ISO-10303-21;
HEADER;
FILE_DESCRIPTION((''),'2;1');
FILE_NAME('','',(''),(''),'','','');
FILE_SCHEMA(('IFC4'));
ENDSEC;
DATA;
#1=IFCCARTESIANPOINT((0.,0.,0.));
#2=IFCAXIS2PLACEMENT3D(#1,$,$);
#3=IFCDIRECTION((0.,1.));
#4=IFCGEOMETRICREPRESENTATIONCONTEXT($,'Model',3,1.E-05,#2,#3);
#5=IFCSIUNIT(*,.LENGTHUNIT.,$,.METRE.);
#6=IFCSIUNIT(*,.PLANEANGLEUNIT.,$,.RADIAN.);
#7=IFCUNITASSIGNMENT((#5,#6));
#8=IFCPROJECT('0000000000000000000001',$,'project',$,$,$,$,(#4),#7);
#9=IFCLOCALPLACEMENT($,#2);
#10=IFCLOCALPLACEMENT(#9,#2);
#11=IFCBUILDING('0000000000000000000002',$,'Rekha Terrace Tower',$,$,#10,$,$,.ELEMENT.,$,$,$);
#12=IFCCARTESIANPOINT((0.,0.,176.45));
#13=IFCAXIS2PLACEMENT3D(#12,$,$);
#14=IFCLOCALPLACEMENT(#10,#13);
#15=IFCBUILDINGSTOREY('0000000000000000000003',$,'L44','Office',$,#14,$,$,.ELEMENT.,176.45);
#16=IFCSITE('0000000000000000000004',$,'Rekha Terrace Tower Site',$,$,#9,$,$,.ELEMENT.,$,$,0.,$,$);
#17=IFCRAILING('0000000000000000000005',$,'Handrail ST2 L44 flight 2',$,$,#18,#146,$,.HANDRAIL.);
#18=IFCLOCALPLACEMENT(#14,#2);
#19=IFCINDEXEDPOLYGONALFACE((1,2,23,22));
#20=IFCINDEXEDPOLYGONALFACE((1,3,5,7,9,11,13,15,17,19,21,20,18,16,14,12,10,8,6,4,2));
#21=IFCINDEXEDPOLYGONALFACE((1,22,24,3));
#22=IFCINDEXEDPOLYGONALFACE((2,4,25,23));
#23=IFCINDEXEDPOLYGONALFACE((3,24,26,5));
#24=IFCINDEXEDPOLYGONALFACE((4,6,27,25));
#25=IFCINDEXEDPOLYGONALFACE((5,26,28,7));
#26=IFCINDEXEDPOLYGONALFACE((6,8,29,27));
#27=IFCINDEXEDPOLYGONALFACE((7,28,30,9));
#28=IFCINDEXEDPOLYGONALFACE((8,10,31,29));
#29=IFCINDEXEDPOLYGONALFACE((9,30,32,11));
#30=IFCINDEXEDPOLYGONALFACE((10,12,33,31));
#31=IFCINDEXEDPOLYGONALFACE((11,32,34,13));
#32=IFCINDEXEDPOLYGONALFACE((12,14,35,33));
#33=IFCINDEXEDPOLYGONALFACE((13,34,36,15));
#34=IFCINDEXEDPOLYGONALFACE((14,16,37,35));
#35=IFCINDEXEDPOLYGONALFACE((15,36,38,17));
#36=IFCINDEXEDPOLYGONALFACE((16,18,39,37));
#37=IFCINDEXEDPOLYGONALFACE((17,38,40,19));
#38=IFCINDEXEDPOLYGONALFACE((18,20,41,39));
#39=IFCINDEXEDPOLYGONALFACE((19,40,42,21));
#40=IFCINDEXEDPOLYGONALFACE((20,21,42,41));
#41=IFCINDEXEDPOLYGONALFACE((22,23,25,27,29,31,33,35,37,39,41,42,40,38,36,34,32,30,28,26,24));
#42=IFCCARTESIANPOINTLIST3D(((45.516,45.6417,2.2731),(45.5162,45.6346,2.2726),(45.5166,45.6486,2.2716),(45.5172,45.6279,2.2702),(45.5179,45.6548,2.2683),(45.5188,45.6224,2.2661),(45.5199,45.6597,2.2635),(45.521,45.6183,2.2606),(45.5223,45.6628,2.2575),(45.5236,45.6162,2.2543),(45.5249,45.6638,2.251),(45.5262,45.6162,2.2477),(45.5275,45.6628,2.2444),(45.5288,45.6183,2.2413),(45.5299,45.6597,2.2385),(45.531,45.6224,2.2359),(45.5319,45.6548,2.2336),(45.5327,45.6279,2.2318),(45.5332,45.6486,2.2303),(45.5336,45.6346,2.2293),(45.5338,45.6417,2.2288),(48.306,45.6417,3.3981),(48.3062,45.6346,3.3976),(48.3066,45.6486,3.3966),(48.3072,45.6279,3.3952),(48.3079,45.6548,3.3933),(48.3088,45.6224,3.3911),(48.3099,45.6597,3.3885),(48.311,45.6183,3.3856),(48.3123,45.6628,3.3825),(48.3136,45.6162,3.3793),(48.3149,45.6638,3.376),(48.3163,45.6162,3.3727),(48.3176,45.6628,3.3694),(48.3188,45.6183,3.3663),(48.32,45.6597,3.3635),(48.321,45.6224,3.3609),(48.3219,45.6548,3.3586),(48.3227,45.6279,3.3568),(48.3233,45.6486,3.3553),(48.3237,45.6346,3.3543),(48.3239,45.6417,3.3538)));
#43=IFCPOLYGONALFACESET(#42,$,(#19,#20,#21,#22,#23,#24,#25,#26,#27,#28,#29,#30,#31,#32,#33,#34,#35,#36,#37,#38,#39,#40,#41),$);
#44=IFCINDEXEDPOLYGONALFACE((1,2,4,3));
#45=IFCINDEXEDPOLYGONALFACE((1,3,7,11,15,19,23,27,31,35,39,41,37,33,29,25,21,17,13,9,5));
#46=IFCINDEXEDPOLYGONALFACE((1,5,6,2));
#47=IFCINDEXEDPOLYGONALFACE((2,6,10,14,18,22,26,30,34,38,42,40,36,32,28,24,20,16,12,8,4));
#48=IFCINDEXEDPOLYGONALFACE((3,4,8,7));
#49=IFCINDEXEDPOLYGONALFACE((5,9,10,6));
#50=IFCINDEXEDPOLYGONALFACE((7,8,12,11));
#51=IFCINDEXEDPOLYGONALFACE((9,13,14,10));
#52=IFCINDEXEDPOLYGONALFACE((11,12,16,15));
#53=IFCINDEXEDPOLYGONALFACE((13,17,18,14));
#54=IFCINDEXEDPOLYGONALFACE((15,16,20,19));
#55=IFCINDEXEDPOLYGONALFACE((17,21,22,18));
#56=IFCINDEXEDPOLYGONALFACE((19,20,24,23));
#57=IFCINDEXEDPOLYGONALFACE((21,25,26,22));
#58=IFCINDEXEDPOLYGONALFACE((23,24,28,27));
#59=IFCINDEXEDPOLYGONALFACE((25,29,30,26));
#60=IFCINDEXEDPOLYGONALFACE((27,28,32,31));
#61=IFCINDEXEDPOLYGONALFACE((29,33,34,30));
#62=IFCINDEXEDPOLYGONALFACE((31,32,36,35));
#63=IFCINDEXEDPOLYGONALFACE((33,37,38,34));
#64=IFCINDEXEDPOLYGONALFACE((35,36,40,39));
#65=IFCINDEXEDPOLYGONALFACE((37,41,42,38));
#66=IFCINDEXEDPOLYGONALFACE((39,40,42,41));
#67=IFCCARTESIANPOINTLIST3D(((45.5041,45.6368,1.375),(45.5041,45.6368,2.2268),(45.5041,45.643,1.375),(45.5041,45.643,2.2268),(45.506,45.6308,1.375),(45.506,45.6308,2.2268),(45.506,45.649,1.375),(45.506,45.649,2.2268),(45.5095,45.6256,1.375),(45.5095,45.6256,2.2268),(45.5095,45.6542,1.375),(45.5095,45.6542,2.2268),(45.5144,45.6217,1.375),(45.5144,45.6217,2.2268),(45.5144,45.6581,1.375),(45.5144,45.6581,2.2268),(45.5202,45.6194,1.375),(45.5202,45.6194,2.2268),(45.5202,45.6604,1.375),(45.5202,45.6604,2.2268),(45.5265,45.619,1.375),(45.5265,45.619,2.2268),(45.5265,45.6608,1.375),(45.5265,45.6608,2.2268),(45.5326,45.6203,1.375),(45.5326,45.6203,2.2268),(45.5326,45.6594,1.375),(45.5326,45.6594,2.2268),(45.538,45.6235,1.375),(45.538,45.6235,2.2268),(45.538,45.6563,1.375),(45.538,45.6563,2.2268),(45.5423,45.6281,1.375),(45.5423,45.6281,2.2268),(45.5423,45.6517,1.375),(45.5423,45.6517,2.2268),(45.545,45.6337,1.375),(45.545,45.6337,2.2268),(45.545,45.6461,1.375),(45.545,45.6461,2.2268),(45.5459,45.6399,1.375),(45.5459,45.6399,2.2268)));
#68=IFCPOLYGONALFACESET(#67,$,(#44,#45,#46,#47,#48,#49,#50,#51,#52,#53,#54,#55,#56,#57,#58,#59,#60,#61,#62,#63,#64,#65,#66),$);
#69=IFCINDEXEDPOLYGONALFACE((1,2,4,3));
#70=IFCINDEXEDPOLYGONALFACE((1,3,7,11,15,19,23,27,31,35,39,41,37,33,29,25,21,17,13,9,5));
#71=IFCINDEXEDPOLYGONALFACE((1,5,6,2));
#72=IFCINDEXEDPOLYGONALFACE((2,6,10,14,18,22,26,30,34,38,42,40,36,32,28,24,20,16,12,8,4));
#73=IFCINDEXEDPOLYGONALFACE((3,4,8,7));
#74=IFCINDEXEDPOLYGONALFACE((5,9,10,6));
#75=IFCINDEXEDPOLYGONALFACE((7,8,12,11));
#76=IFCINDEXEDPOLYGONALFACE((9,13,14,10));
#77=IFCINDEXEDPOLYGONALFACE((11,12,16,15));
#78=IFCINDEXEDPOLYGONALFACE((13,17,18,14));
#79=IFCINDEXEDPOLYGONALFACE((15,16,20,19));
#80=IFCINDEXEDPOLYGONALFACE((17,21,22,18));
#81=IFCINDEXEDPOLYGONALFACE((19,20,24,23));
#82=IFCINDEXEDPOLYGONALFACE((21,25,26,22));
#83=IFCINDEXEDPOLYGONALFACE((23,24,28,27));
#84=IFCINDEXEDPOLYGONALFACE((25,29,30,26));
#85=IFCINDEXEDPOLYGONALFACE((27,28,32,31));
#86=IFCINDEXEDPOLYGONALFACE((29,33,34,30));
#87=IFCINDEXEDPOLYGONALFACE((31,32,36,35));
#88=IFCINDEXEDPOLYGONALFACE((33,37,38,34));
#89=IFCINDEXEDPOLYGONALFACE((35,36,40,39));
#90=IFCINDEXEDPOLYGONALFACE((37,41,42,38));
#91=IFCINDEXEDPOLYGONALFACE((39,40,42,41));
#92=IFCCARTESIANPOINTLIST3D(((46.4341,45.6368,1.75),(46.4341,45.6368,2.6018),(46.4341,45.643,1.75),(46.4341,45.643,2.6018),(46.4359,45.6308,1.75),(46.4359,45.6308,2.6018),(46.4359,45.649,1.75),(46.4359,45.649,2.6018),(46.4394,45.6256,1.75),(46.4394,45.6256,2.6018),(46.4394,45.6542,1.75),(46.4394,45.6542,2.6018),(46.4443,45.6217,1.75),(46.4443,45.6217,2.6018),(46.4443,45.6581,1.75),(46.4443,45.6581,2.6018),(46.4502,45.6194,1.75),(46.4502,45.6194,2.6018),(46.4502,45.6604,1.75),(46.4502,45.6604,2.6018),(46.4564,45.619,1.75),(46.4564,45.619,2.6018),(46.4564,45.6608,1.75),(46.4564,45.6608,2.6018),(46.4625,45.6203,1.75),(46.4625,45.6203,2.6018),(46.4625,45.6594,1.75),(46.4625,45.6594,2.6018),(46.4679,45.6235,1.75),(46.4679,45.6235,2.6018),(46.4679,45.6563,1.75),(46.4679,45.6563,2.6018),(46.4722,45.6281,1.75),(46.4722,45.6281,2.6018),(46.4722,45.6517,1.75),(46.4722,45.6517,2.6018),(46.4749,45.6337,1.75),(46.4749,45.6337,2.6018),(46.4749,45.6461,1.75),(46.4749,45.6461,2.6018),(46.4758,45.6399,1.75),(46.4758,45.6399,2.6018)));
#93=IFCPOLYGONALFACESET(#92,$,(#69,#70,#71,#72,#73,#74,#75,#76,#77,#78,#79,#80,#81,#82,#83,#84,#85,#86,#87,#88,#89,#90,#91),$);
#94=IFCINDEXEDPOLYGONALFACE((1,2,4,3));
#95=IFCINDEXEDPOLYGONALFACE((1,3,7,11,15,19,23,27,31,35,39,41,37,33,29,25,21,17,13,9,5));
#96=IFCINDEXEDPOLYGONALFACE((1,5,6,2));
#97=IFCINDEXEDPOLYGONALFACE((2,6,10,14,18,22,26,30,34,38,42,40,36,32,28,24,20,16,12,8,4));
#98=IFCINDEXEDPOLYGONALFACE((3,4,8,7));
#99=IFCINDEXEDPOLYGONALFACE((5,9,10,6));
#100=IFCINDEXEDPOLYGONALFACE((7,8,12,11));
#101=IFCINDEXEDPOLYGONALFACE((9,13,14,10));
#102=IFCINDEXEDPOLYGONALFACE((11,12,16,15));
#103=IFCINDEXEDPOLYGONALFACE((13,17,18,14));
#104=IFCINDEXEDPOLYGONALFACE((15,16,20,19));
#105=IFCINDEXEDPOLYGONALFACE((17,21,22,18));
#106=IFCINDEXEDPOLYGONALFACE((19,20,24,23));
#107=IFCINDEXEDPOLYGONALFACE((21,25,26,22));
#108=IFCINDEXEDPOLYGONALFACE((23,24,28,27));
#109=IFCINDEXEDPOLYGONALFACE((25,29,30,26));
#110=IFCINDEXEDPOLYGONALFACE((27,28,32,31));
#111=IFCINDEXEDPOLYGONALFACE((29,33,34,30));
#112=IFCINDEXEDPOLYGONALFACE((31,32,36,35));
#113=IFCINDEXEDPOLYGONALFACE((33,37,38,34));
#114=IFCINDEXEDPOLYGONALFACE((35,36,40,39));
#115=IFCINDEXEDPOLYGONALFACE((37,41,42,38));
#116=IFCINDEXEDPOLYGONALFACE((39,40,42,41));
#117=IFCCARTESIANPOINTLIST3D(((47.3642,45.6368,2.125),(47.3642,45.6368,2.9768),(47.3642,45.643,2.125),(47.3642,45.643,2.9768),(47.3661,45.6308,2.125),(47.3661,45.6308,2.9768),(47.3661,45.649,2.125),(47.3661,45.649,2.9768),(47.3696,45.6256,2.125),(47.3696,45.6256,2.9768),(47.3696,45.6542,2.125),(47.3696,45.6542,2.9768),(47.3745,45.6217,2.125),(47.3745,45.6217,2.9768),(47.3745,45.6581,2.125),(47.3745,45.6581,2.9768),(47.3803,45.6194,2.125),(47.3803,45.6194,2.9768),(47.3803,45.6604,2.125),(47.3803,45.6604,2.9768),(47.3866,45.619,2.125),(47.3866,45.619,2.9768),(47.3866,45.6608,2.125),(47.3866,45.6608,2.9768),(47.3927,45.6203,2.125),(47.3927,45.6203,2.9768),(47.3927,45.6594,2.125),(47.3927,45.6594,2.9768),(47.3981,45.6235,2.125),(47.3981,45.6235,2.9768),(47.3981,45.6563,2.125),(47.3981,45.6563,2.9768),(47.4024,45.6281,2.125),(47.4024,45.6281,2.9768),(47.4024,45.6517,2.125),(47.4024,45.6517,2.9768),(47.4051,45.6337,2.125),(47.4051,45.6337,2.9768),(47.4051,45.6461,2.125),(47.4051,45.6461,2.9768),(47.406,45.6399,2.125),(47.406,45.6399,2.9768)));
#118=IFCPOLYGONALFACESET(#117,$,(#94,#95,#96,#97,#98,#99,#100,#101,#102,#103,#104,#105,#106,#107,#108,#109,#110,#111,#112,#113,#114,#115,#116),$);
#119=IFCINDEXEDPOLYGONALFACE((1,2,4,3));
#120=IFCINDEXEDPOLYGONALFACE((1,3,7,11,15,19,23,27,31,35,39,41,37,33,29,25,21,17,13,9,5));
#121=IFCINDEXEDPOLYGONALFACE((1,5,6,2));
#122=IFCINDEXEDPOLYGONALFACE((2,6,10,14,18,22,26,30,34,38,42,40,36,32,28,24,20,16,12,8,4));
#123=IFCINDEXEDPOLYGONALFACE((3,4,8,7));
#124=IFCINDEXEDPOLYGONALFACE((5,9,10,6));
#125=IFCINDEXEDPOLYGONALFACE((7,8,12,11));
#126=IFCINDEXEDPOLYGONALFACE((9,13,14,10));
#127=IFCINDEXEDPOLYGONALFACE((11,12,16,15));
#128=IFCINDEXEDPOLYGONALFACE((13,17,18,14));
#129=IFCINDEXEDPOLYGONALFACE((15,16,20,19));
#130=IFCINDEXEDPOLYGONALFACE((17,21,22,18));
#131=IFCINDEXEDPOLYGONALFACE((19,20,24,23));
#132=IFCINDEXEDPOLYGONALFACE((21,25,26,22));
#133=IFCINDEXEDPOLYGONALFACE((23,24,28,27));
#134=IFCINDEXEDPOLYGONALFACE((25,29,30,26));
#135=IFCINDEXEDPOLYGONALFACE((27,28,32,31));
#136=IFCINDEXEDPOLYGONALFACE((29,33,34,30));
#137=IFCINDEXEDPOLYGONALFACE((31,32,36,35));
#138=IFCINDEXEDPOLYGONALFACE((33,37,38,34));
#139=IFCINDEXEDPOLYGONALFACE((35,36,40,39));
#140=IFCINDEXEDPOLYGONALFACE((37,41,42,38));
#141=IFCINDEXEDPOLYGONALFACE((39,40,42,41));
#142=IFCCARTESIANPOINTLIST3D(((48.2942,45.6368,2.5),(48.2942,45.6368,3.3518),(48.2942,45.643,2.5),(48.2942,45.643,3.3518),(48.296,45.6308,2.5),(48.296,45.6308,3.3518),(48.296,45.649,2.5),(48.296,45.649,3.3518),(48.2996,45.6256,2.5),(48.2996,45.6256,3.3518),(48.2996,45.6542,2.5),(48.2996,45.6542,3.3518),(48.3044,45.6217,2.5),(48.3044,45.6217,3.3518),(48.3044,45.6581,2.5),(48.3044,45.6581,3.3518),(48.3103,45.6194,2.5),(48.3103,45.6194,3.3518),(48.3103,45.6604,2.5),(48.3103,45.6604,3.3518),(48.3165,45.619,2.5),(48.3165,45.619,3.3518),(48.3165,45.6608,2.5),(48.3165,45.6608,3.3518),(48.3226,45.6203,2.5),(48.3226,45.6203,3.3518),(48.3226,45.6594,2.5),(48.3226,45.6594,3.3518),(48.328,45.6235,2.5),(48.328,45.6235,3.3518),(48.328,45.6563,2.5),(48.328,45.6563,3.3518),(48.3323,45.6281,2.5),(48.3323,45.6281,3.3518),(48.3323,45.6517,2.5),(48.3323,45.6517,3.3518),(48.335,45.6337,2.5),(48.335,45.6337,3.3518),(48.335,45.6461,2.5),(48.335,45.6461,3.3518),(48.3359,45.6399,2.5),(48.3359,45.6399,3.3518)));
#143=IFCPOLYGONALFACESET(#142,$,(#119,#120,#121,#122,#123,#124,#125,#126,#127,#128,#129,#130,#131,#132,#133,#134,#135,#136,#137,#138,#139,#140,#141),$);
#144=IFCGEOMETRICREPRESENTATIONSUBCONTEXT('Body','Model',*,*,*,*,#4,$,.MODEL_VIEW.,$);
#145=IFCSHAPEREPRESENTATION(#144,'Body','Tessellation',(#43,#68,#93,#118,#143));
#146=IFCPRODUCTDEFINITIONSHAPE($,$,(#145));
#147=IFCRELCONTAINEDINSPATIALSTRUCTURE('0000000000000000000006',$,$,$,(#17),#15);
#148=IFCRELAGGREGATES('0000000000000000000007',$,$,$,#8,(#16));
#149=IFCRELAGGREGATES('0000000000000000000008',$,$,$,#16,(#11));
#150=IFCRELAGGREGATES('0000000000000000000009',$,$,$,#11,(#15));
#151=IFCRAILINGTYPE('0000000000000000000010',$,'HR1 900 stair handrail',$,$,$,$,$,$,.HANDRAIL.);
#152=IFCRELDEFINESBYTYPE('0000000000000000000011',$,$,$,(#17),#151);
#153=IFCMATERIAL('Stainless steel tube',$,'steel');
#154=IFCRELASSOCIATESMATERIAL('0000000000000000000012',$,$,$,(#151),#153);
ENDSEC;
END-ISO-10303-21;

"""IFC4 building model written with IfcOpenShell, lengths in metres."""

from ifc_helpers import new_model, si_unit, direction, frame, origin, origin_2d, place, context, subcontext, project, spatial, circle, extrude, material, type_object, element, save


model = new_model("IFC4")

# Units and contexts
model_context = context("Model", 3, precision=1e-05, world=origin(), true_north=direction((0.0, 1.0)))
body_context = subcontext(model_context, "Body", "Model", "MODEL_VIEW")
ifc_project = project(units=[si_unit("LENGTHUNIT", "METRE"), si_unit("PLANEANGLEUNIT", "RADIAN")], contexts=[model_context])

# Site, building, storey
site_placement = place(None, origin())
site = spatial("IfcSite", under=ifc_project, at=site_placement, Name="Rekha Terrace Tower Site", CompositionType="ELEMENT", RefElevation=0.0)
building_placement = place(site_placement, origin())
building = spatial("IfcBuilding", under=site, at=building_placement, Name="Rekha Terrace Tower", CompositionType="ELEMENT")
storey_placement = place(building_placement, frame((0.0, 0.0, 176.45)))
storey = spatial("IfcBuildingStorey", under=building, at=storey_placement, Name="L44", Description="Office", CompositionType="ELEMENT", Elevation=176.45)

# Railing
ifc_material_1 = material(Name="Stainless steel tube", Category="steel")
railing_type_1 = type_object("IfcRailingType", Name="HR1 900 stair handrail", PredefinedType="HANDRAIL", material=ifc_material_1)
railing_1_placement = place(storey_placement, frame((45.5249, 45.6399, 1.375)))
element("IfcRailing", 1, at=railing_1_placement, inside=storey, type_object=railing_type_1, Name="Handrail ST2 L44 flight 2", PredefinedType="HANDRAIL", context=body_context, shape_type="SweptSolid", body=[
    extrude(circle(Radius=0.0239, at=origin_2d()), frame((0.0, 0.0, 0.876), z_axis=(0.927443, 0.0, 0.373964), x_axis=(0.0, 1.0, 0.0)), (0.0, 0.0, 1.0), 3.0083),
    extrude(circle(Radius=0.021, at=origin_2d()), origin(), (0.0, 0.0, 1.0), 0.8518),
    extrude(circle(Radius=0.021, at=origin_2d()), frame((0.9299, 0.0, 0.375)), (0.0, 0.0, 1.0), 0.8518),
    extrude(circle(Radius=0.021, at=origin_2d()), frame((1.8601, 0.0, 0.75)), (0.0, 0.0, 1.0), 0.8518),
    extrude(circle(Radius=0.021, at=origin_2d()), frame((2.79, 0.0, 1.125)), (0.0, 0.0, 1.0), 0.8518),
])

save(model, "model.ifc")
